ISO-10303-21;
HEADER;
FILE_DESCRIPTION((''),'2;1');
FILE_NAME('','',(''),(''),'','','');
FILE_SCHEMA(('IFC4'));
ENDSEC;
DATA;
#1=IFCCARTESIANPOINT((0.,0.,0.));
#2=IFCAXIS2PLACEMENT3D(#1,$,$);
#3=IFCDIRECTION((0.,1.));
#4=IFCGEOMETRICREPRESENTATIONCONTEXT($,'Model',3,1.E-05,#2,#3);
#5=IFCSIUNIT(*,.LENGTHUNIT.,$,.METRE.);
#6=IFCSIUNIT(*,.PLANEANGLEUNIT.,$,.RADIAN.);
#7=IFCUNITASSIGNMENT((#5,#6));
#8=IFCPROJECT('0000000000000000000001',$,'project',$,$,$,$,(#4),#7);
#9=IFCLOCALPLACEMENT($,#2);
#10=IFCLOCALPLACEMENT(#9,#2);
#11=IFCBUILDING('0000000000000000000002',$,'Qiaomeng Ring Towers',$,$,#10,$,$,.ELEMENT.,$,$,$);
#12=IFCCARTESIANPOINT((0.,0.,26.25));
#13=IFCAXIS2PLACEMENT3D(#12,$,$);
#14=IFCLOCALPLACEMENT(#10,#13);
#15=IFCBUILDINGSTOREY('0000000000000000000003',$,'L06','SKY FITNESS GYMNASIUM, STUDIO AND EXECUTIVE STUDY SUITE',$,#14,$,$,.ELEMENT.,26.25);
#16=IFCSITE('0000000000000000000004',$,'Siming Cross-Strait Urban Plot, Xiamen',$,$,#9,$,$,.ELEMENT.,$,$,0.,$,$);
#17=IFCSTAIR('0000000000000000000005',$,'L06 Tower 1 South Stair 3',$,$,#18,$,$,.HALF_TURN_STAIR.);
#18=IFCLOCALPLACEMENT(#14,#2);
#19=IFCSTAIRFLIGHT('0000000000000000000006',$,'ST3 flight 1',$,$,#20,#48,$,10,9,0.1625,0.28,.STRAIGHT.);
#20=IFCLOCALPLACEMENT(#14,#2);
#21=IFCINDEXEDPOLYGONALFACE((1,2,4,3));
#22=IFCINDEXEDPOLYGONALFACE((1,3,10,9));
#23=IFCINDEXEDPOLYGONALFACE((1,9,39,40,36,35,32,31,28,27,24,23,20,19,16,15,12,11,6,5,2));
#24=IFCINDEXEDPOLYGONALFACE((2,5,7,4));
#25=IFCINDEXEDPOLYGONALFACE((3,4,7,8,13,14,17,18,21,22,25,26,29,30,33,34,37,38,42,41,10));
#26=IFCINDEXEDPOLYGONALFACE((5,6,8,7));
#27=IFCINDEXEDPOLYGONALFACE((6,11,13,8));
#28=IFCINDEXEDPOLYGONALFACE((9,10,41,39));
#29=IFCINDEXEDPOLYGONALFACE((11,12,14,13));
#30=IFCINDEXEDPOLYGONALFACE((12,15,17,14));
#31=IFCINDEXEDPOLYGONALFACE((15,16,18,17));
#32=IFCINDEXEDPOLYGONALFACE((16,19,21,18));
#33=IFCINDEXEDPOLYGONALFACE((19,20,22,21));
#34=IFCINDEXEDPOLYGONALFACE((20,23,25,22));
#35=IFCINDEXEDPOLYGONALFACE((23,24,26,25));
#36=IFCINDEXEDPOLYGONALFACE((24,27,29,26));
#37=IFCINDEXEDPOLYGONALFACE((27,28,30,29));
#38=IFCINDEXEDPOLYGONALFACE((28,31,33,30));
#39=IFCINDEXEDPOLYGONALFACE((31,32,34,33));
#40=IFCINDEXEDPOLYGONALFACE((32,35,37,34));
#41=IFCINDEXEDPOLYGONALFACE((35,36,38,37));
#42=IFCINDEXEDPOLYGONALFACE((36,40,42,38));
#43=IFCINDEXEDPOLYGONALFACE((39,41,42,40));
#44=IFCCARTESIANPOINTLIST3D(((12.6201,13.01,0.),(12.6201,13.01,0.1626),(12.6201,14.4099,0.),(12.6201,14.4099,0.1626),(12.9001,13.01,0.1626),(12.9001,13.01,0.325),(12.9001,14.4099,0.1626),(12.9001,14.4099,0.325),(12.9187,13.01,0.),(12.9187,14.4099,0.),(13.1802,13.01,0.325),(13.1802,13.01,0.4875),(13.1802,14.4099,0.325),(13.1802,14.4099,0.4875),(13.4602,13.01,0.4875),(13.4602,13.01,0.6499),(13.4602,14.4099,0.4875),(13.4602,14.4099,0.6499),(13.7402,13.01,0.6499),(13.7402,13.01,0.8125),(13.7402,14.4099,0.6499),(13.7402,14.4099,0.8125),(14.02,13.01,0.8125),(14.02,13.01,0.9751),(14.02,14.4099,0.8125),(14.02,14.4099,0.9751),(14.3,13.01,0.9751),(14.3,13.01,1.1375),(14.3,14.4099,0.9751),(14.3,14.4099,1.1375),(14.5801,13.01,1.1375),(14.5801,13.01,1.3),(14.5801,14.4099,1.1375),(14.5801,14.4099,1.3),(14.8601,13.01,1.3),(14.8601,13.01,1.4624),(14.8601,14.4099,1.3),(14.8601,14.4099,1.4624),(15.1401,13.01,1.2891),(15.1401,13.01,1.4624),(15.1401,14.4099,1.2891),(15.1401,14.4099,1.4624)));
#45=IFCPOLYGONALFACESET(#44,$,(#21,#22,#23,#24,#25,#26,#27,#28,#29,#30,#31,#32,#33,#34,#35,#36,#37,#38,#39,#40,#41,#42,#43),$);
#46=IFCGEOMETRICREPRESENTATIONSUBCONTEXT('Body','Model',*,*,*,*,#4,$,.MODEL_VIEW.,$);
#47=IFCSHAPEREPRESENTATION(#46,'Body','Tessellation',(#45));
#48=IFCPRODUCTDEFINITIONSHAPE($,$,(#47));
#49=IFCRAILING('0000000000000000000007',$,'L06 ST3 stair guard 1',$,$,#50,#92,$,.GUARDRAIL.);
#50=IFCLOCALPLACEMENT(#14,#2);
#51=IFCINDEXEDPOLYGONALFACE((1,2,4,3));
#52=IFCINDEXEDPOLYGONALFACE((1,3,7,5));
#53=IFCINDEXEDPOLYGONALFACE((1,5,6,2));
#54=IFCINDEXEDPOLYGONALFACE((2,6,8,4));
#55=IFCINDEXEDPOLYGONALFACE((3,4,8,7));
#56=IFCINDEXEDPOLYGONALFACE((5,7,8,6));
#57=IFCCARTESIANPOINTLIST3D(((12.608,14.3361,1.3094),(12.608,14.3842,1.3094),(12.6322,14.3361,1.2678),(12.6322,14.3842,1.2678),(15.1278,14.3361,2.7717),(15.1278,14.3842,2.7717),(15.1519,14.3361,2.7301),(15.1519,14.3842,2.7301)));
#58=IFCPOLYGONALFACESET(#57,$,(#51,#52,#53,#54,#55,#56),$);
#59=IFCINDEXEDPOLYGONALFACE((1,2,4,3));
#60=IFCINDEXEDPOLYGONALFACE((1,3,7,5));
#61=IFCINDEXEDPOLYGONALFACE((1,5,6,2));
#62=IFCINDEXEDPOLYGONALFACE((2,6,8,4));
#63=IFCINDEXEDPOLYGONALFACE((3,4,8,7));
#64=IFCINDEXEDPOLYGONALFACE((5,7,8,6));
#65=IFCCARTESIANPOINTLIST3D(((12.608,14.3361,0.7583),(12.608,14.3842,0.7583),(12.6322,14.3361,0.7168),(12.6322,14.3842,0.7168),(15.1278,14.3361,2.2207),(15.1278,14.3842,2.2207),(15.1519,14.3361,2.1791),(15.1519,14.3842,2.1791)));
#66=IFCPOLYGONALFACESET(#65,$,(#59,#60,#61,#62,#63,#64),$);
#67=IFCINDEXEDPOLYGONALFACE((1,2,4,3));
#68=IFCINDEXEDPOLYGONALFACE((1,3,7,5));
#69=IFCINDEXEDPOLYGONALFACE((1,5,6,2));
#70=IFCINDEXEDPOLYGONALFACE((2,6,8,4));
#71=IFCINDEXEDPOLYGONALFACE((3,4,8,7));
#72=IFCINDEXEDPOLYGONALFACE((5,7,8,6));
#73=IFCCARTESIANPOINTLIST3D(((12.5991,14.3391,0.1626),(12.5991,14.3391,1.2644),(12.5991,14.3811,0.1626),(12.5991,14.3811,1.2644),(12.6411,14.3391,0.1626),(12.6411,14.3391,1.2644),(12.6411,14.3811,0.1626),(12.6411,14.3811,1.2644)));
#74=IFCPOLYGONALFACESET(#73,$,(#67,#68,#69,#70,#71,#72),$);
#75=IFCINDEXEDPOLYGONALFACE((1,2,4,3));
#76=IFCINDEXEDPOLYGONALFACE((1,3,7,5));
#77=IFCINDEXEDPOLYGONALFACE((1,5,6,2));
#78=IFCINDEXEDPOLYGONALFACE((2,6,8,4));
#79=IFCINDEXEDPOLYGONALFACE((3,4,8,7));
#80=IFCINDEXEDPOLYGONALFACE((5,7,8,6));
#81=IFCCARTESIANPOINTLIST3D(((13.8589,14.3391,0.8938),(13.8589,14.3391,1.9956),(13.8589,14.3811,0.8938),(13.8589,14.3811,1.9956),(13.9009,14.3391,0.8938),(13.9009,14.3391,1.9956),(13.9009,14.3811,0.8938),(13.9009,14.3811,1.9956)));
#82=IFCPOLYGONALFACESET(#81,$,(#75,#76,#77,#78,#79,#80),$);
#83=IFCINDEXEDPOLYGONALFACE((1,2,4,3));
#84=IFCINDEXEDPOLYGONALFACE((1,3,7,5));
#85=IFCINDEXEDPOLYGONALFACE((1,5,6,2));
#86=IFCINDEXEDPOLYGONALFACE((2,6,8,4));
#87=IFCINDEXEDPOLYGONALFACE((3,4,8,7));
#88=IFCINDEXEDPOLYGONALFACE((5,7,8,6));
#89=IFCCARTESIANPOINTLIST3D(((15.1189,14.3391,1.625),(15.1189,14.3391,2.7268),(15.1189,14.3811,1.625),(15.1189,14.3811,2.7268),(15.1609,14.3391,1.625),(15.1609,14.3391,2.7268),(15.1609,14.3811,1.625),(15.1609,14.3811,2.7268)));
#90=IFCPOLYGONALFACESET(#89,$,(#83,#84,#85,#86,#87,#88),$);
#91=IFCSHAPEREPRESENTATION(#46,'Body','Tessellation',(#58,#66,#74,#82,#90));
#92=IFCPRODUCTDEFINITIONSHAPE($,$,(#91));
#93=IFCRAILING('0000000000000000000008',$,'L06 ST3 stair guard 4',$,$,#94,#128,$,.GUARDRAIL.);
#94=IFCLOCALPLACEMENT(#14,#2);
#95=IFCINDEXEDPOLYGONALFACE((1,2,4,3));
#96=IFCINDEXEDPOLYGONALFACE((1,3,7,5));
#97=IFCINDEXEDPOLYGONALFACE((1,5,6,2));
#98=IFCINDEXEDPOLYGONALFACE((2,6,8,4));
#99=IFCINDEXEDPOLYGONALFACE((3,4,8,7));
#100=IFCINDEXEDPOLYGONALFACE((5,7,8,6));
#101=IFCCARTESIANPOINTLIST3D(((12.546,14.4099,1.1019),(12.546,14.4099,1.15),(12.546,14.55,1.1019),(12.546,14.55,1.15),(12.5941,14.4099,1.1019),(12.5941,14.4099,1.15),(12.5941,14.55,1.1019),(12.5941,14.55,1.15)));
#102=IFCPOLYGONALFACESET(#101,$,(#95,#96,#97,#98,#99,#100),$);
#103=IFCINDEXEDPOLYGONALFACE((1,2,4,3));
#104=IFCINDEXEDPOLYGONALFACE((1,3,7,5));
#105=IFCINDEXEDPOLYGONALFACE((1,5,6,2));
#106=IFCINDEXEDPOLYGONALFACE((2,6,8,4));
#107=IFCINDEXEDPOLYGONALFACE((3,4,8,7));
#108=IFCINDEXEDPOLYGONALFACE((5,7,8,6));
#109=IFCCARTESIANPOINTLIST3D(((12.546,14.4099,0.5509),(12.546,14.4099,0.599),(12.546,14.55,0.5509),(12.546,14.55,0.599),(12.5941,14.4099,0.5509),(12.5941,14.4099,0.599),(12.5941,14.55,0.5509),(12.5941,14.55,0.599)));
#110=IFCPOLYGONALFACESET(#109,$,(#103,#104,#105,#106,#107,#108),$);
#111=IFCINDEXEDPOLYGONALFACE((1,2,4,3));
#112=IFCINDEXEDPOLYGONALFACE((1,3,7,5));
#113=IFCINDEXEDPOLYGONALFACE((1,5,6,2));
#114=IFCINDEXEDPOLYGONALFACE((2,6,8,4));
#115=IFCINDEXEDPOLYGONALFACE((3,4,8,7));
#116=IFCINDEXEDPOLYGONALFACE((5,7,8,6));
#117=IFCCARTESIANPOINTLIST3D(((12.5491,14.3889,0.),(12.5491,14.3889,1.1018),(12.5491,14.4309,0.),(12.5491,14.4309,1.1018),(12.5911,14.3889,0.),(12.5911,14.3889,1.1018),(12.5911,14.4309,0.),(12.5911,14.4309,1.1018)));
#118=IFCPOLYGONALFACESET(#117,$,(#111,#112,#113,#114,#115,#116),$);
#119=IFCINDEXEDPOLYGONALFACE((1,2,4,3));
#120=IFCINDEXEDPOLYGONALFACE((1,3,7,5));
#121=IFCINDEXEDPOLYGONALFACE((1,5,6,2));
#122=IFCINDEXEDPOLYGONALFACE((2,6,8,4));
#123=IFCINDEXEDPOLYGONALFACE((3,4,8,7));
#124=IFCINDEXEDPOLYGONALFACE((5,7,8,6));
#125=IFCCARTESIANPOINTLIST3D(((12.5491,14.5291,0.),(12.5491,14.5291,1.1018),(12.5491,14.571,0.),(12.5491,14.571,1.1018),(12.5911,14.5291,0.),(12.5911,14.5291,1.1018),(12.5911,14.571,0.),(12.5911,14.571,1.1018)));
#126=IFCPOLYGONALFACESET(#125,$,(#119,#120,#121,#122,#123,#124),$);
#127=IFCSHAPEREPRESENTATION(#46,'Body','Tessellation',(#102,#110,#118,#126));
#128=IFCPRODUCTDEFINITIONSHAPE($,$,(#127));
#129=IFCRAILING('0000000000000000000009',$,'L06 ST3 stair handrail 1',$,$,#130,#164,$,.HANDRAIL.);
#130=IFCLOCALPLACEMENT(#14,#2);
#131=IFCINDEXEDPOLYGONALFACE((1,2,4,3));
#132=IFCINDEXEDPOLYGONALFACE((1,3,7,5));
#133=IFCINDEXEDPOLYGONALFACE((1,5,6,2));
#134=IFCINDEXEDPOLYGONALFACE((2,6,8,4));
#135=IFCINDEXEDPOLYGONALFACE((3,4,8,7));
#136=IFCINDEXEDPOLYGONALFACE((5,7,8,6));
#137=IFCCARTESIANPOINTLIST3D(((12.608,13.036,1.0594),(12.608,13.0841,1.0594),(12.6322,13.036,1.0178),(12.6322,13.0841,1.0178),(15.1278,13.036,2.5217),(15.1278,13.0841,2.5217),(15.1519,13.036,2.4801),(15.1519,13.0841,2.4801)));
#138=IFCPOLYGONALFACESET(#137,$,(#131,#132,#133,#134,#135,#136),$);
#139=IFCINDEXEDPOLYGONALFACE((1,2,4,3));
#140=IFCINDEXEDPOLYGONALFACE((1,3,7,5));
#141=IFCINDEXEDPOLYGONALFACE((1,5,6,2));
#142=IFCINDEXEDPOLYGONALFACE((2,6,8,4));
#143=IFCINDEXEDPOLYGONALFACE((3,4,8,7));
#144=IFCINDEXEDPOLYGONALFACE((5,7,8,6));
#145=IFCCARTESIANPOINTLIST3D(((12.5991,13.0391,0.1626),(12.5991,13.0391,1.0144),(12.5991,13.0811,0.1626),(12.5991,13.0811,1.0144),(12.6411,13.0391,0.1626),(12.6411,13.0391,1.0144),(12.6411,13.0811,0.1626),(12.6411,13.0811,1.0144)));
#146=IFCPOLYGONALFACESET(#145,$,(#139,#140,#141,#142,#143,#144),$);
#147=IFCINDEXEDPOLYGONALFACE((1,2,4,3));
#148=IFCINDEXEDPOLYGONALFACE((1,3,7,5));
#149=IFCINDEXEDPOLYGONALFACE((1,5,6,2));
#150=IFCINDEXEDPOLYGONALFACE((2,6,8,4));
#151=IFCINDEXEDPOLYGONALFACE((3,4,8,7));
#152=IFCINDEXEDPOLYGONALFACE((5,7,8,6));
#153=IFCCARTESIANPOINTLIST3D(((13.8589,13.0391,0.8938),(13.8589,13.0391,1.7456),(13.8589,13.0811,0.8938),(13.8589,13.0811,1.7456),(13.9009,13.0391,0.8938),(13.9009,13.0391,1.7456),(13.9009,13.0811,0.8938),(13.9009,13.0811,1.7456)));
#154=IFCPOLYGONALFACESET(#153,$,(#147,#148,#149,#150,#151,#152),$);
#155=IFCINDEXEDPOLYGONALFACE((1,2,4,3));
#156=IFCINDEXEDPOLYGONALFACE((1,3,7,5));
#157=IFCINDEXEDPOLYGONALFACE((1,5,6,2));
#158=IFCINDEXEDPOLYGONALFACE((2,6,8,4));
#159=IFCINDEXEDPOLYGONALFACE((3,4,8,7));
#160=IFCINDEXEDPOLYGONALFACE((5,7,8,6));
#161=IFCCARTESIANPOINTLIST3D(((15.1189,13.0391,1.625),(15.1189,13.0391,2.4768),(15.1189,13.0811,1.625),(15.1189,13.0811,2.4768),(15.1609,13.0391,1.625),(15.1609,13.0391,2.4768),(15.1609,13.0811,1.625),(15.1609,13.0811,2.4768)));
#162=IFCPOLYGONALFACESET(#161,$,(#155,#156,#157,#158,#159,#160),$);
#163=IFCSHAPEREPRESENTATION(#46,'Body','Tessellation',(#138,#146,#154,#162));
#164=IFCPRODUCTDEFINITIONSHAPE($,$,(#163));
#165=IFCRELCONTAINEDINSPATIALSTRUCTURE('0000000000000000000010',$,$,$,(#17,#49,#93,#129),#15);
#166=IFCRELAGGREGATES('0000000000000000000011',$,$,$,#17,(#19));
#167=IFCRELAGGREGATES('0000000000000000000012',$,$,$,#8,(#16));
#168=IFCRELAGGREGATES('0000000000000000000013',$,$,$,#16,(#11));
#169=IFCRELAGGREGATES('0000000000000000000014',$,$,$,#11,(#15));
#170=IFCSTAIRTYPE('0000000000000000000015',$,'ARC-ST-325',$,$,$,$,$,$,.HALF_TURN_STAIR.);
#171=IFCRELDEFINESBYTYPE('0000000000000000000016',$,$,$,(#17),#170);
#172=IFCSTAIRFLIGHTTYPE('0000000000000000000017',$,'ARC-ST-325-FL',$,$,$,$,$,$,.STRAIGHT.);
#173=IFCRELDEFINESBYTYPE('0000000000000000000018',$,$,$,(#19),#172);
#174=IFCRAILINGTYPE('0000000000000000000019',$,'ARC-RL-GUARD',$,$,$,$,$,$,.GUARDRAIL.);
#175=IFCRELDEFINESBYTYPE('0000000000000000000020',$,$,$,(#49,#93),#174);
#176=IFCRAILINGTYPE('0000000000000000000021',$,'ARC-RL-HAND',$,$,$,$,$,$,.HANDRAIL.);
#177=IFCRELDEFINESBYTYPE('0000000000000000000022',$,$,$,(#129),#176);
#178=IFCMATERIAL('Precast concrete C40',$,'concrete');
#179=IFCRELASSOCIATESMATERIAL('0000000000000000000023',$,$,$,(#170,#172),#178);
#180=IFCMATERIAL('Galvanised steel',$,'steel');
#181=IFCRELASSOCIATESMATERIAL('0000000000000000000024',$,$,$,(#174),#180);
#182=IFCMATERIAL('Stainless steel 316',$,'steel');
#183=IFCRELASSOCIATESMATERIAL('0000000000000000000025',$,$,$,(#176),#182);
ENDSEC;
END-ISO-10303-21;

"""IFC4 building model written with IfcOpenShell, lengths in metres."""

from ifc_helpers import new_model, si_unit, direction, frame, origin, origin_2d, place, context, subcontext, project, spatial, polyline, rectangle, outline, extrude, source, transform, mapped, material, type_object, element, aggregate, save


model = new_model("IFC4")

# Units and contexts
model_context = context("Model", 3, precision=1e-05, world=origin(), true_north=direction((0.0, 1.0)))
body_context = subcontext(model_context, "Body", "Model", "MODEL_VIEW")
ifc_project = project(units=[si_unit("LENGTHUNIT", "METRE"), si_unit("PLANEANGLEUNIT", "RADIAN")], contexts=[model_context])

# Site, building, storey
site_placement = place(None, origin())
site = spatial("IfcSite", under=ifc_project, at=site_placement, Name="Siming Cross-Strait Urban Plot, Xiamen", CompositionType="ELEMENT", RefElevation=0.0)
building_placement = place(site_placement, origin())
building = spatial("IfcBuilding", under=site, at=building_placement, Name="Qiaomeng Ring Towers", CompositionType="ELEMENT")
storey_placement = place(building_placement, frame((0.0, 0.0, 26.25)))
storey = spatial("IfcBuildingStorey", under=building, at=storey_placement, Name="L06", Description="SKY FITNESS GYMNASIUM, STUDIO AND EXECUTIVE STUDY SUITE", CompositionType="ELEMENT", Elevation=26.25)

# Shared definitions
ifc_material_1 = material(Name="Galvanised steel", Category="steel")

# Shared definitions
ifc_material_2 = material(Name="Stainless steel 316", Category="steel")

# Stair, stair flight
ifc_material_3 = material(Name="Precast concrete C40", Category="concrete")
stair_type = type_object("IfcStairType", Name="ARC-ST-325", PredefinedType="HALF_TURN_STAIR", material=ifc_material_3)
stair_placement = place(storey_placement, origin())
stair = element("IfcStair", 1, at=stair_placement, inside=storey, type_object=stair_type, Name="L06 Tower 1 South Stair 3", PredefinedType="HALF_TURN_STAIR")
stair_flight_type = type_object("IfcStairFlightType", Name="ARC-ST-325-FL", PredefinedType="STRAIGHT", material=ifc_material_3)
shared_shape_1 = source(origin(), body_context, "Body", "SweptSolid", [
    extrude(outline(polyline([(0.0, 0.0), (0.0, 0.1626), (0.28, 0.1626), (0.28, 0.325), (0.5601, 0.325), (0.5601, 0.4875), (0.8401, 0.4875), (0.8401, 0.6499), (1.1201, 0.6499), (1.1201, 0.8125), (1.3999, 0.8125), (1.3999, 0.9751), (1.6799, 0.9751), (1.6799, 1.1375), (1.96, 1.1375), (1.96, 1.3), (2.24, 1.3), (2.24, 1.4624), (2.52, 1.4624), (2.52, 1.625), (2.52, 1.2891), (0.2986, 0.0), (0.0, 0.0)])), frame((0.0, 0.7, 0.0), z_axis=(0.0, -1.0, 0.0), x_axis=(1.0, 0.0, 0.0)), (0.0, 0.0, 1.0), 1.3999),
])
stair_flight_placement = place(storey_placement, frame((12.6201, 13.71, 0.0), z_axis=(0.0, 0.0, 1.0), x_axis=(1.0, 0.0, 0.0)))
stair_flight = element("IfcStairFlight", 2, at=stair_flight_placement, type_object=stair_flight_type, Name="ST3 flight 1", NumberOfRisers=10, NumberOfTreads=9, PredefinedType="STRAIGHT", RiserHeight=0.1625, TreadLength=0.28, context=body_context, shape_type="MappedRepresentation", body=[
    mapped(shared_shape_1, transform((0.0, 0.0, 0.0), x_axis=(1.0, 0.0, 0.0), y_axis=(0.0, 1.0, 0.0), z_axis=(0.0, 0.0, 1.0), scale=1.0)),
])
aggregate(stair, [stair_flight])

# Railings
railing_type_1 = type_object("IfcRailingType", Name="ARC-RL-GUARD", PredefinedType="GUARDRAIL", material=ifc_material_1)
railing_1_placement = place(storey_placement, frame((12.6201, 14.3601, 0.1626)))
element("IfcRailing", 3, at=railing_1_placement, inside=storey, type_object=railing_type_1, Name="L06 ST3 stair guard 1", PredefinedType="GUARDRAIL", context=body_context, shape_type="SweptSolid", body=[
    extrude(rectangle(XDim=0.0481, YDim=0.0481, at=origin_2d()), frame((0.0, 0.0, 1.126), z_axis=(0.864892, 0.0, 0.501958), x_axis=(0.0, 1.0, 0.0)), (0.0, 0.0, 1.0), 2.9133),
    extrude(rectangle(XDim=0.0481, YDim=0.0481, at=origin_2d()), frame((0.0, 0.0, 0.575), z_axis=(0.864892, 0.0, 0.501958), x_axis=(0.0, 1.0, 0.0)), (0.0, 0.0, 1.0), 2.9133),
    extrude(rectangle(XDim=0.042, YDim=0.042, at=origin_2d()), origin(), (0.0, 0.0, 1.0), 1.1018),
    extrude(rectangle(XDim=0.042, YDim=0.042, at=origin_2d()), frame((1.2598, 0.0, 0.7312)), (0.0, 0.0, 1.0), 1.1018),
    extrude(rectangle(XDim=0.042, YDim=0.042, at=origin_2d()), frame((2.5198, 0.0, 1.4624)), (0.0, 0.0, 1.0), 1.1018),
])
railing_2_placement = place(storey_placement, frame((12.5701, 14.4099, 0.0)))
element("IfcRailing", 4, at=railing_2_placement, inside=storey, type_object=railing_type_1, Name="L06 ST3 stair guard 4", PredefinedType="GUARDRAIL", context=body_context, shape_type="SweptSolid", body=[
    extrude(rectangle(XDim=0.0481, YDim=0.0481, at=origin_2d()), frame((0.0, 0.0, 1.126), z_axis=(0.0, 1.0, 0.0), x_axis=(-1.0, 0.0, 0.0)), (0.0, 0.0, 1.0), 0.1401),
    extrude(rectangle(XDim=0.0481, YDim=0.0481, at=origin_2d()), frame((0.0, 0.0, 0.575), z_axis=(0.0, 1.0, 0.0), x_axis=(-1.0, 0.0, 0.0)), (0.0, 0.0, 1.0), 0.1401),
    extrude(rectangle(XDim=0.042, YDim=0.042, at=origin_2d()), origin(), (0.0, 0.0, 1.0), 1.1018),
    extrude(rectangle(XDim=0.042, YDim=0.042, at=origin_2d()), frame((0.0, 0.1401, 0.0)), (0.0, 0.0, 1.0), 1.1018),
])
railing_type_2 = type_object("IfcRailingType", Name="ARC-RL-HAND", PredefinedType="HANDRAIL", material=ifc_material_2)
railing_3_placement = place(storey_placement, frame((12.6201, 13.0601, 0.1626)))
element("IfcRailing", 5, at=railing_3_placement, inside=storey, type_object=railing_type_2, Name="L06 ST3 stair handrail 1", PredefinedType="HANDRAIL", context=body_context, shape_type="SweptSolid", body=[
    extrude(rectangle(XDim=0.0481, YDim=0.0481, at=origin_2d()), frame((0.0, 0.0, 0.876), z_axis=(0.864892, 0.0, 0.501958), x_axis=(0.0, 1.0, 0.0)), (0.0, 0.0, 1.0), 2.9133),
    extrude(rectangle(XDim=0.042, YDim=0.042, at=origin_2d()), origin(), (0.0, 0.0, 1.0), 0.8518),
    extrude(rectangle(XDim=0.042, YDim=0.042, at=origin_2d()), frame((1.2598, 0.0, 0.7312)), (0.0, 0.0, 1.0), 0.8518),
    extrude(rectangle(XDim=0.042, YDim=0.042, at=origin_2d()), frame((2.5198, 0.0, 1.4624)), (0.0, 0.0, 1.0), 0.8518),
])

save(model, "model.ifc")
